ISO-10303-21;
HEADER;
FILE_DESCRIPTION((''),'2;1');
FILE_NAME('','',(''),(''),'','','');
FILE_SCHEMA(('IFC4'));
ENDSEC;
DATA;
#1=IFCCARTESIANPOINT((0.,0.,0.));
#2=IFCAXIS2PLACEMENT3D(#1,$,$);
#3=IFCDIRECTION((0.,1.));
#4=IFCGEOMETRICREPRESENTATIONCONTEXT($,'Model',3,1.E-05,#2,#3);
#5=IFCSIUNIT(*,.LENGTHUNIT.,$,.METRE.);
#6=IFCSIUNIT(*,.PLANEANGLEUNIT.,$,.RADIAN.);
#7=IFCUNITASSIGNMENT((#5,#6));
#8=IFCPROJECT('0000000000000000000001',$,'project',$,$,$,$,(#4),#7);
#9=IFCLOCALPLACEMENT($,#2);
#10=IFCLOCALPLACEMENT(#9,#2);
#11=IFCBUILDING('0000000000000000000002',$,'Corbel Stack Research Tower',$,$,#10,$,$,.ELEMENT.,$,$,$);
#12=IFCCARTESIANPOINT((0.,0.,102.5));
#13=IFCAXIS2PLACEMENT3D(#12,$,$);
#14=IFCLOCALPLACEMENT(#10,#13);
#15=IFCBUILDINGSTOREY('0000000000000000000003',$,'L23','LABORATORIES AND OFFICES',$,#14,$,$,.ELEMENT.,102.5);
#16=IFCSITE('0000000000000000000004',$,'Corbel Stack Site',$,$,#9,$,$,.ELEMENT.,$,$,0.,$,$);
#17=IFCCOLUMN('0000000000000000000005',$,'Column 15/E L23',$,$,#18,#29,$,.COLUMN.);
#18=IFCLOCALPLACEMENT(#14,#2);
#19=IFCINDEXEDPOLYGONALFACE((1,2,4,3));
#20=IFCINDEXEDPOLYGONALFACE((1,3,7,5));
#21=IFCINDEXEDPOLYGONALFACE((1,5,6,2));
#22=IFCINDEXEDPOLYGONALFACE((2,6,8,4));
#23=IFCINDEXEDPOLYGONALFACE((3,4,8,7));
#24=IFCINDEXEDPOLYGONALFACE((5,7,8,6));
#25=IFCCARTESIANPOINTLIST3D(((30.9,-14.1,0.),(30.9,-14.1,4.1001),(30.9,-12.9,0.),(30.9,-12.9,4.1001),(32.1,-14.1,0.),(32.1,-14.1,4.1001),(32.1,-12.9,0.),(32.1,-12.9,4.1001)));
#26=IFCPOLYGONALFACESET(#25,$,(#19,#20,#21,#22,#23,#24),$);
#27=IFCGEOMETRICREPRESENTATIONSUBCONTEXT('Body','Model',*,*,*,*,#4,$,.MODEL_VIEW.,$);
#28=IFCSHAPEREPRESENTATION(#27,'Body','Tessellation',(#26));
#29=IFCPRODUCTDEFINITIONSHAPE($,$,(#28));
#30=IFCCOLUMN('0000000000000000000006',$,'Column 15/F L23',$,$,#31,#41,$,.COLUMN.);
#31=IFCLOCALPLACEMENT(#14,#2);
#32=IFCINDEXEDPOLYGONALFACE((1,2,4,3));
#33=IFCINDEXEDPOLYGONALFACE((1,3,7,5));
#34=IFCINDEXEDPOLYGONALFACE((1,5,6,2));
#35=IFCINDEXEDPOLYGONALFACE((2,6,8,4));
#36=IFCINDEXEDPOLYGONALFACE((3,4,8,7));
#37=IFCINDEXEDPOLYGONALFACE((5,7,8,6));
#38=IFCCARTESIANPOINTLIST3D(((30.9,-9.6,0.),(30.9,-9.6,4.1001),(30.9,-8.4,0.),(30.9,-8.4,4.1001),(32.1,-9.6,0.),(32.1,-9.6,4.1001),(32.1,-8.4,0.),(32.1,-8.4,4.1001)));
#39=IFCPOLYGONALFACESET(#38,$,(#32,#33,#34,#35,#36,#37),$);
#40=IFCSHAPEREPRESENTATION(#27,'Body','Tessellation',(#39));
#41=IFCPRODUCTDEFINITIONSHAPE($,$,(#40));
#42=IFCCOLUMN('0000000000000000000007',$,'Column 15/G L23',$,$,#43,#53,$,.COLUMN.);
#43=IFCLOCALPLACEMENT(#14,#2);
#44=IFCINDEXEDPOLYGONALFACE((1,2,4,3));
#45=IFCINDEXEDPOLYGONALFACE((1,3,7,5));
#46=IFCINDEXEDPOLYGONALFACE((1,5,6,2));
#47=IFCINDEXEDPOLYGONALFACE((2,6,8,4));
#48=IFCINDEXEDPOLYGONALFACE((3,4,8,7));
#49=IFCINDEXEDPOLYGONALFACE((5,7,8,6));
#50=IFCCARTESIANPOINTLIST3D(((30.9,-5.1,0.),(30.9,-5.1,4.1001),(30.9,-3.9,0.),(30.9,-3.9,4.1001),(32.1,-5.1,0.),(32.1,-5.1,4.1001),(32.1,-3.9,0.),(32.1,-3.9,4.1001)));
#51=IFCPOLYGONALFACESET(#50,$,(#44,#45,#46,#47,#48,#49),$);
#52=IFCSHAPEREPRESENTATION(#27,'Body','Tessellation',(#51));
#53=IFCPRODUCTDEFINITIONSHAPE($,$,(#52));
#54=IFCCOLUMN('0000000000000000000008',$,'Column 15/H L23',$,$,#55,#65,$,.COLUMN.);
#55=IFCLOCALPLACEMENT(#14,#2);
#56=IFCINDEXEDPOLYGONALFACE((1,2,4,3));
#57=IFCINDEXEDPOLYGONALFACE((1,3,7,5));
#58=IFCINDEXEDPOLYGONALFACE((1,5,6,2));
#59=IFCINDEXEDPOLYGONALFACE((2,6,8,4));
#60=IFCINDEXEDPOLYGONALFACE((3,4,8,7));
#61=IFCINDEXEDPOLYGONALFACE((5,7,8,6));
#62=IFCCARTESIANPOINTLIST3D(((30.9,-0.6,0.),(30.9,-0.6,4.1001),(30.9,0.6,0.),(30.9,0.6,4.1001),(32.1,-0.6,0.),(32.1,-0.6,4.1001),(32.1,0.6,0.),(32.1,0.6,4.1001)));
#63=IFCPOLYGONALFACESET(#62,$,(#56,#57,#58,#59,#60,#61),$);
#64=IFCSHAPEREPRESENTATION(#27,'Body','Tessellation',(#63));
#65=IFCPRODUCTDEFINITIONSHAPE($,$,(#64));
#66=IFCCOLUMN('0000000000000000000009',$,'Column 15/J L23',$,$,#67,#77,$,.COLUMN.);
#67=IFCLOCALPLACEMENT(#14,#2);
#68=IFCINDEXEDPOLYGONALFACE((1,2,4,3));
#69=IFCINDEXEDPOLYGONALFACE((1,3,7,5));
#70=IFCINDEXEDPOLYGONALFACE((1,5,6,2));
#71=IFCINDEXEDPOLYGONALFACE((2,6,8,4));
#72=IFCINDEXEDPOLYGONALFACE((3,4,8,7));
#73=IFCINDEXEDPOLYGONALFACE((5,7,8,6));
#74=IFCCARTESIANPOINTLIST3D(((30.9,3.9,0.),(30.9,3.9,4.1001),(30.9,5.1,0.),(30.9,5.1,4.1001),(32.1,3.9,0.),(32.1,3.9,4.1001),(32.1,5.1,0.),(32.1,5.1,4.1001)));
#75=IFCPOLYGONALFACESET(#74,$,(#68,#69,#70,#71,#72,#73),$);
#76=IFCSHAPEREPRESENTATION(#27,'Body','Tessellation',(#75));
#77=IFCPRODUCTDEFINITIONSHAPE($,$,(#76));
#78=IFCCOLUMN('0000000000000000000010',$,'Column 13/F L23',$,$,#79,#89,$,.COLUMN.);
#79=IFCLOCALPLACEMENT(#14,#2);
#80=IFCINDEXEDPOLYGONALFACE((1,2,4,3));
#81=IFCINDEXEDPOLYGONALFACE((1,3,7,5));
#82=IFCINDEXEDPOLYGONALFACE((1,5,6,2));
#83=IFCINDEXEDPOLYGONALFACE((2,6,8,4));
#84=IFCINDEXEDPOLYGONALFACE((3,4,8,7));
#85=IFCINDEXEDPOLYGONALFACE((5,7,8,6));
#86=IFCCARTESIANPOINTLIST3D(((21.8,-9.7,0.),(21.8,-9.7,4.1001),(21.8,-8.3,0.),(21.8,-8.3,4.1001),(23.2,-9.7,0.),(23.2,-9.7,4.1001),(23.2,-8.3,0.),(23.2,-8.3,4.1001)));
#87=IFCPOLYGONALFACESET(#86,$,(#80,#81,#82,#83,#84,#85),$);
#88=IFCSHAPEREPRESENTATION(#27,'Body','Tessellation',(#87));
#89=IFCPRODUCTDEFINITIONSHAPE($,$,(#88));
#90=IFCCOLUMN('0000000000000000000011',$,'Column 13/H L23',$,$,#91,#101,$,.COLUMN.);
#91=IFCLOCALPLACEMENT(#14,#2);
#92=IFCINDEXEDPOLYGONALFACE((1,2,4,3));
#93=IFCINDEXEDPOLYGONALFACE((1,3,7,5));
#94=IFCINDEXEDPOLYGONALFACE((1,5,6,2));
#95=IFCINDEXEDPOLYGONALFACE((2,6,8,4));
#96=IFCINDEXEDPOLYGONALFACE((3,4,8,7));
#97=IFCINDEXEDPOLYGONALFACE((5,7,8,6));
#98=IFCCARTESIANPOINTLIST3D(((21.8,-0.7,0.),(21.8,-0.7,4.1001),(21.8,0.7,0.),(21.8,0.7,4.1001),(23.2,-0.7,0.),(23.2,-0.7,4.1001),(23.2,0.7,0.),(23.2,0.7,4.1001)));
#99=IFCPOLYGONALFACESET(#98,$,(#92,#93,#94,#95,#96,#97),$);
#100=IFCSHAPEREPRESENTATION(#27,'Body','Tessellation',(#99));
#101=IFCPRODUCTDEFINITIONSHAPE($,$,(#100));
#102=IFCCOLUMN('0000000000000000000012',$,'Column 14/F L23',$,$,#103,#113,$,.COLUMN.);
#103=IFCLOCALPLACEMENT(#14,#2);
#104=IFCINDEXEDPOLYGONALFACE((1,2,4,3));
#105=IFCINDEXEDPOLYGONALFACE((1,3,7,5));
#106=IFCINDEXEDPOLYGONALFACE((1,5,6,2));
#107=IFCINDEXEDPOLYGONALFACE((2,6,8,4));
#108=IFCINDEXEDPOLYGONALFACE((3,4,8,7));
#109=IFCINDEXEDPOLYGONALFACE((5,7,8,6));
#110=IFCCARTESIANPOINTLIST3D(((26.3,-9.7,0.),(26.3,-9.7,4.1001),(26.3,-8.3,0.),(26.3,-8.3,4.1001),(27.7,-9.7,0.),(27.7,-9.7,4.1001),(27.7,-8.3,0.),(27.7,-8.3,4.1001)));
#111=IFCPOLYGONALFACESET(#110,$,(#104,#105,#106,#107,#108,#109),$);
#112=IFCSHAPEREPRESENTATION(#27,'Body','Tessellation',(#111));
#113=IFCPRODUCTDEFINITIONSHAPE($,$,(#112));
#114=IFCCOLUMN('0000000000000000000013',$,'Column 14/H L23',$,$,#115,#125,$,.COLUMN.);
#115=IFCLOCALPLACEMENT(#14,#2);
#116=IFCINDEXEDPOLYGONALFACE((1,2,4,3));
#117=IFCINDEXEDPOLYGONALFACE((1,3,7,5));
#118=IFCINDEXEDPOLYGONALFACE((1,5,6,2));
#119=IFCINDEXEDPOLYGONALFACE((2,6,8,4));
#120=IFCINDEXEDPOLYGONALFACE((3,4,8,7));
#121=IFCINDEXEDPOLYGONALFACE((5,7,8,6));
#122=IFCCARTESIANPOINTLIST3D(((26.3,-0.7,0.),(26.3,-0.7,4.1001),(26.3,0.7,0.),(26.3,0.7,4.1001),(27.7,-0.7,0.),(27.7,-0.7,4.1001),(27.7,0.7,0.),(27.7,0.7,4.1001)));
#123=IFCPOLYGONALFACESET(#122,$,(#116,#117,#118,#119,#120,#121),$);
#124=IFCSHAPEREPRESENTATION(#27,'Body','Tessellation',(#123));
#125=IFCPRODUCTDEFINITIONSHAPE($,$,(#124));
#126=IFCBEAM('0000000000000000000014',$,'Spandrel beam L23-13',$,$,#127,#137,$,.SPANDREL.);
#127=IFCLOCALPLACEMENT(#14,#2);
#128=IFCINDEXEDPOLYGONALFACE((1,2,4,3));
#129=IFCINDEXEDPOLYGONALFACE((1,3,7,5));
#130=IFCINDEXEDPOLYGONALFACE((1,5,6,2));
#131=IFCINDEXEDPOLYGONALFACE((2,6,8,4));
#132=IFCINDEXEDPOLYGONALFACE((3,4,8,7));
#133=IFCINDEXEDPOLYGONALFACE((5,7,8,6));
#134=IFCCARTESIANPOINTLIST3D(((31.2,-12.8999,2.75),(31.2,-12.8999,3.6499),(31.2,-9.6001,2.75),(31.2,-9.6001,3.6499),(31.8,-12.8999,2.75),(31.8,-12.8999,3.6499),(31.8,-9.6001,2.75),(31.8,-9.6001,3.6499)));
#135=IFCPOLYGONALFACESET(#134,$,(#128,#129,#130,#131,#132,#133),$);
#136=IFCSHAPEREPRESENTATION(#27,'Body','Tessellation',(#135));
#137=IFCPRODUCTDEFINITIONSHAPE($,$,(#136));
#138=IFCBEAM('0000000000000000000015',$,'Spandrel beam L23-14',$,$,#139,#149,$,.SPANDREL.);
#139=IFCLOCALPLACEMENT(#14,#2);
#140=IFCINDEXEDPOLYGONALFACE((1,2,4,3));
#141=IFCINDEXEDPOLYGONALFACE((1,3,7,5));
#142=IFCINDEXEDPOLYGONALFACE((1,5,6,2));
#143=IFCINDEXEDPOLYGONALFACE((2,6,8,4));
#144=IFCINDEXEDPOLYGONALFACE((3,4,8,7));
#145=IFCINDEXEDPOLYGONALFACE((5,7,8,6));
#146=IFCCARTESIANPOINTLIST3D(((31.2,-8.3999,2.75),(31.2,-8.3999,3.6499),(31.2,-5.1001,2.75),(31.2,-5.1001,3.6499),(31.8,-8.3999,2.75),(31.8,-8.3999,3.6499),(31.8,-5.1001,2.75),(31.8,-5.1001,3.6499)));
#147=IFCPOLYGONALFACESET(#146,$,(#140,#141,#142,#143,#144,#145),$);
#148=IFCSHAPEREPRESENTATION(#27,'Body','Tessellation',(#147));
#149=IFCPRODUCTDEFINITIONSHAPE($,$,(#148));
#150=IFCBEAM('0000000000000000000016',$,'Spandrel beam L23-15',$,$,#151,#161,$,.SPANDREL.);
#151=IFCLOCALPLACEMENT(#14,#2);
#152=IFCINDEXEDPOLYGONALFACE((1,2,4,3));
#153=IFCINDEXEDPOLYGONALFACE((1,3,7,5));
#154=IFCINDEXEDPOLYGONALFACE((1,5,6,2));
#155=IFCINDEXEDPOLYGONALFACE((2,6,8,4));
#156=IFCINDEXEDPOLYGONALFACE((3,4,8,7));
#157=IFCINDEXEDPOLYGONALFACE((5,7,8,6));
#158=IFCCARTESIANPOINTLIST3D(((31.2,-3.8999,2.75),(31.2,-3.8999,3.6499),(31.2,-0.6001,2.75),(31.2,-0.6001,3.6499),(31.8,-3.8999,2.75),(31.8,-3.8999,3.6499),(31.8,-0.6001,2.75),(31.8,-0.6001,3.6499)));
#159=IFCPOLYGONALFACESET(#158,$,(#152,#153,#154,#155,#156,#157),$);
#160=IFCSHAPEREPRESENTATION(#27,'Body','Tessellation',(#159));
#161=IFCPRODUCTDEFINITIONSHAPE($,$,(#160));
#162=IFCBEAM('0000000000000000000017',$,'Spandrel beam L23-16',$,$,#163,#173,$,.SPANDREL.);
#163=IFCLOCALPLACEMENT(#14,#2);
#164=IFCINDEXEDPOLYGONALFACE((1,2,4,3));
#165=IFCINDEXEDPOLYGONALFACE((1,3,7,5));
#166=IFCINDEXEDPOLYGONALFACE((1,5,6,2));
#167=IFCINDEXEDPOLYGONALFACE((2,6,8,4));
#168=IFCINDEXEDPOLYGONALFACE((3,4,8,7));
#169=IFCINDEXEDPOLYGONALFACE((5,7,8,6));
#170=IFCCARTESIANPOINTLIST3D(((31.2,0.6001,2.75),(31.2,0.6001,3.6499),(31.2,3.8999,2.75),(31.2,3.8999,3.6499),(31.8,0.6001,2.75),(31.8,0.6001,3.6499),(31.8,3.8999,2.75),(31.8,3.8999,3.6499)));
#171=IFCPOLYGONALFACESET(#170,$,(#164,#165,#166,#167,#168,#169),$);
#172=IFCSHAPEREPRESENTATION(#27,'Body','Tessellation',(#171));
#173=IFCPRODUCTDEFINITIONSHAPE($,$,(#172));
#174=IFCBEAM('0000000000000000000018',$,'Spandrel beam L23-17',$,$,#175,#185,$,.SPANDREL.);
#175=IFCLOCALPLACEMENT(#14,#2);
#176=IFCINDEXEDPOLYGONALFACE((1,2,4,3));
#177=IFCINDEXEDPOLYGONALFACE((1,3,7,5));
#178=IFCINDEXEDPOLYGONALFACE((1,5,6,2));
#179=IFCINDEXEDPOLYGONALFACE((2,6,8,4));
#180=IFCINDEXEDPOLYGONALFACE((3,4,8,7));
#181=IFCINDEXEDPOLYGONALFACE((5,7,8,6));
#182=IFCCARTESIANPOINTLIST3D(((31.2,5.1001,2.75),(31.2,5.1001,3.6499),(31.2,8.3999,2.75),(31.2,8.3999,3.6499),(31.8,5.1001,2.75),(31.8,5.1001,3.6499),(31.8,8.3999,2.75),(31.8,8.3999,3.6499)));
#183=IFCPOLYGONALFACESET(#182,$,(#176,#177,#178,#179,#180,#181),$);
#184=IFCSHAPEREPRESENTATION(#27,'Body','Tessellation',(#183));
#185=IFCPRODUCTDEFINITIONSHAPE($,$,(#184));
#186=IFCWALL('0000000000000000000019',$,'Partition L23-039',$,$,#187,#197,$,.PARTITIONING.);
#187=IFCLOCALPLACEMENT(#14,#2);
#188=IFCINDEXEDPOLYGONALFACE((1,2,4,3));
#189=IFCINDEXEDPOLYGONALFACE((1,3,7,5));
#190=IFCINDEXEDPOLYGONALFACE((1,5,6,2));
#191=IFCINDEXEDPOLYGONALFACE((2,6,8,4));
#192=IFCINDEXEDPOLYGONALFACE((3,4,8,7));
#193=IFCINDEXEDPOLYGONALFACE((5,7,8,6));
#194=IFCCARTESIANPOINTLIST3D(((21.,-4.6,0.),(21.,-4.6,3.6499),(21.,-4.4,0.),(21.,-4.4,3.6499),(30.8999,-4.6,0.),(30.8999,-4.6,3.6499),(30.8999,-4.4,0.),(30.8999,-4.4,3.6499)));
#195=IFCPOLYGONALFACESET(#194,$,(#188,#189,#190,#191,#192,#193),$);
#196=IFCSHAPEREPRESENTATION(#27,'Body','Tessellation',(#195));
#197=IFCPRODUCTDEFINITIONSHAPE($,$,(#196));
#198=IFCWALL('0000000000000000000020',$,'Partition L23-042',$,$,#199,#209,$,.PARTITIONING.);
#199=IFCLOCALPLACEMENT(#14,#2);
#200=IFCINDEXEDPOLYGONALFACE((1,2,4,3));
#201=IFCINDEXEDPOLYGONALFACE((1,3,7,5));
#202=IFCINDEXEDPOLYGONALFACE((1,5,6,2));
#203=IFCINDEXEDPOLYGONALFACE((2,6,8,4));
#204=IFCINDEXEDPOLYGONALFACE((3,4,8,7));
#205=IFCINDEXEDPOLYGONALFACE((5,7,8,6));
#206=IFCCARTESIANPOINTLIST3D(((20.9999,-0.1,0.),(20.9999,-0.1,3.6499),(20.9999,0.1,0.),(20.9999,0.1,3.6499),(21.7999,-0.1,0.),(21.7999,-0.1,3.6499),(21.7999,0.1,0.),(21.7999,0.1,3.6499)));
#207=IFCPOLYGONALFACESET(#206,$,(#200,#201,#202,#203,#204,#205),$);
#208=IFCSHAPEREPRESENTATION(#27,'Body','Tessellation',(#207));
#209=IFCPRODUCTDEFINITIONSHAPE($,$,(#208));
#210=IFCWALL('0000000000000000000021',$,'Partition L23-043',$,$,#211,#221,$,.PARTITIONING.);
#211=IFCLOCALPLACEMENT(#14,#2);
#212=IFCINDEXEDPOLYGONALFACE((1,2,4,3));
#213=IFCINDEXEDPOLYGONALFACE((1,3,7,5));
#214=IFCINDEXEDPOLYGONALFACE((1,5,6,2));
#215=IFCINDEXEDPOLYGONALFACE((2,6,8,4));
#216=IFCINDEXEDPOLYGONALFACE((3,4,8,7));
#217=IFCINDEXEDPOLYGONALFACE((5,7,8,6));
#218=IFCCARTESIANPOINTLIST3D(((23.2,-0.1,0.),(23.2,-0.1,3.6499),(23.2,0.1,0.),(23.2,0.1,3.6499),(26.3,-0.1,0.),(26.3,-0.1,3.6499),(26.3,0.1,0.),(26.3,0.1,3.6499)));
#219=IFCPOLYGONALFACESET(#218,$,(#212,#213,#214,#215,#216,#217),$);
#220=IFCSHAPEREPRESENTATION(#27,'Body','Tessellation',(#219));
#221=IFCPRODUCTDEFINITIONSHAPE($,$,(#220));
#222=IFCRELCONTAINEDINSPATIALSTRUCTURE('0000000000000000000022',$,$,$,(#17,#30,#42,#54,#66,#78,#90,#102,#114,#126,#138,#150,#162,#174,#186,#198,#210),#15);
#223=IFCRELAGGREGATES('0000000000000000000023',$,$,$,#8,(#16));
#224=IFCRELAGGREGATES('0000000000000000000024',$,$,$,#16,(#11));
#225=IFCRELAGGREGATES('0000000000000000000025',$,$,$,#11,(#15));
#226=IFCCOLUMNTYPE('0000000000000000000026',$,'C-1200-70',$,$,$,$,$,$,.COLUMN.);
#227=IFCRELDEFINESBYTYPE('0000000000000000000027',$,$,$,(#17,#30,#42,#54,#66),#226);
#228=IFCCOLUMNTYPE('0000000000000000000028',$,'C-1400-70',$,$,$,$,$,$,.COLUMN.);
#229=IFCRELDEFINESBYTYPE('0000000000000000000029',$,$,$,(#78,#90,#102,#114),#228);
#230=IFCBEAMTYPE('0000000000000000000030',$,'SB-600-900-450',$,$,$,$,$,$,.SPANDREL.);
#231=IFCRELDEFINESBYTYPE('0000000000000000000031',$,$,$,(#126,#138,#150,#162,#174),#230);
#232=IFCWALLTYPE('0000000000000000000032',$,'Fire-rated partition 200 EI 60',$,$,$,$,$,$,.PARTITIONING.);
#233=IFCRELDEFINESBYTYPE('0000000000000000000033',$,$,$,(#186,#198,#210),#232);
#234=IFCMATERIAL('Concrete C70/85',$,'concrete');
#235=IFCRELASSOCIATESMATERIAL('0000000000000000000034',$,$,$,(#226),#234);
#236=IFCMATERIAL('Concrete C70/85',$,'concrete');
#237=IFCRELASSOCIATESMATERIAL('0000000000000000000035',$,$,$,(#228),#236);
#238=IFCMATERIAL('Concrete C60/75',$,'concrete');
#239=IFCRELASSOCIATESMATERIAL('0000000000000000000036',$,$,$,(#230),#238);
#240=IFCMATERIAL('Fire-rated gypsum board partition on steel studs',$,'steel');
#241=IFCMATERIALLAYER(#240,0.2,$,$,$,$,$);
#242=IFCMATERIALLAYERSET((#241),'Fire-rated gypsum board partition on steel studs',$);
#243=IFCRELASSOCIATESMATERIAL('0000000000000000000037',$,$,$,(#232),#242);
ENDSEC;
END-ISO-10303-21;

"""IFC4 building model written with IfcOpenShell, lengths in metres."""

from ifc_helpers import new_model, si_unit, direction, frame, frame_2d, origin, origin_2d, place, context, subcontext, project, spatial, rectangle, extrude, material, layer, layer_set, material_profile, profile_set, type_object, element, save


model = new_model("IFC4")

# Units and contexts
model_context = context("Model", 3, precision=1e-05, world=origin(), true_north=direction((0.0, 1.0)))
body_context = subcontext(model_context, "Body", "Model", "MODEL_VIEW")
ifc_project = project(units=[si_unit("LENGTHUNIT", "METRE"), si_unit("PLANEANGLEUNIT", "RADIAN")], contexts=[model_context])

# Site, building, storey
site_placement = place(None, origin())
site = spatial("IfcSite", under=ifc_project, at=site_placement, Name="Corbel Stack Site", CompositionType="ELEMENT", RefElevation=0.0)
building_placement = place(site_placement, origin())
building = spatial("IfcBuilding", under=site, at=building_placement, Name="Corbel Stack Research Tower", CompositionType="ELEMENT")
storey_placement = place(building_placement, frame((0.0, 0.0, 102.5)))
storey = spatial("IfcBuildingStorey", under=building, at=storey_placement, Name="L23", Description="LABORATORIES AND OFFICES", CompositionType="ELEMENT", Elevation=102.5)

# Columns
ifc_material_1 = material(Name="Concrete C70/85", Category="concrete")
ifc_material_profile_1 = material_profile(ifc_material_1, rectangle(XDim=1.2, YDim=1.2, at=origin_2d()), Name="RC 1200 x 1200")
ifc_profile_set_1 = profile_set([ifc_material_profile_1], Name="Concrete C70/85")
column_type_1 = type_object("IfcColumnType", Name="C-1200-70", PredefinedType="COLUMN", material=ifc_profile_set_1)
for number, where, z_axis, x_axis, name in (
    (1, (31.5, -13.5, 0.0), (0.0, 0.0, 1.0), (1.0, 0.0, 0.0), "Column 15/E L23"),
    (2, (31.5, -9.0, 0.0), (0.0, 0.0, 1.0), (1.0, 0.0, 0.0), "Column 15/F L23"),
    (3, (31.5, -4.5, 0.0), (0.0, 0.0, 1.0), (1.0, 0.0, 0.0), "Column 15/G L23"),
    (4, (31.5, 0.0, 0.0), (0.0, 0.0, 1.0), (1.0, 0.0, 0.0), "Column 15/H L23"),
    (5, (31.5, 4.5, 0.0), (0.0, 0.0, 1.0), (1.0, 0.0, 0.0), "Column 15/J L23"),
):
    element("IfcColumn", number, at=place(storey_placement, frame(where, z_axis=z_axis, x_axis=x_axis)), inside=storey, type_object=column_type_1, Name=name, PredefinedType="COLUMN", context=body_context, shape_type="SweptSolid", body=[
        extrude(rectangle(XDim=1.2, YDim=1.2, at=origin_2d()), origin(), (0.0, 0.0, 1.0), 4.1001),
    ])
ifc_material_2 = material(Name="Concrete C70/85", Category="concrete")
ifc_material_profile_2 = material_profile(ifc_material_2, rectangle(XDim=1.3999, YDim=1.3999, at=origin_2d()), Name="RC 1400 x 1400")
ifc_profile_set_2 = profile_set([ifc_material_profile_2], Name="Concrete C70/85")
column_type_2 = type_object("IfcColumnType", Name="C-1400-70", PredefinedType="COLUMN", material=ifc_profile_set_2)
for number, where, z_axis, x_axis, name in (
    (6, (22.5, -9.0, 0.0), (0.0, 0.0, 1.0), (1.0, 0.0, 0.0), "Column 13/F L23"),
    (7, (22.5, 0.0, 0.0), (0.0, 0.0, 1.0), (1.0, 0.0, 0.0), "Column 13/H L23"),
    (8, (27.0, -9.0, 0.0), (0.0, 0.0, 1.0), (1.0, 0.0, 0.0), "Column 14/F L23"),
    (9, (27.0, 0.0, 0.0), (0.0, 0.0, 1.0), (1.0, 0.0, 0.0), "Column 14/H L23"),
):
    element("IfcColumn", number, at=place(storey_placement, frame(where, z_axis=z_axis, x_axis=x_axis)), inside=storey, type_object=column_type_2, Name=name, PredefinedType="COLUMN", context=body_context, shape_type="SweptSolid", body=[
        extrude(rectangle(XDim=1.3999, YDim=1.3999, at=origin_2d()), origin(), (0.0, 0.0, 1.0), 4.1001),
    ])

# Beams
ifc_material_3 = material(Name="Concrete C60/75", Category="concrete")
ifc_material_profile_3 = material_profile(ifc_material_3, rectangle(XDim=0.6001, YDim=0.8999, at=origin_2d()), Name="RC 600 x 900")
ifc_profile_set_3 = profile_set([ifc_material_profile_3], Name="Concrete C60/75")
beam_type = type_object("IfcBeamType", Name="SB-600-900-450", PredefinedType="SPANDREL", material=ifc_profile_set_3)
for number, where, z_axis, x_axis, name in (
    (10, (31.5, -12.8999, 3.2), (0.0, 1.0, 0.0), (-1.0, 0.0, 0.0), "Spandrel beam L23-13"),
    (11, (31.5, -8.3999, 3.2), (0.0, 1.0, 0.0), (-1.0, 0.0, 0.0), "Spandrel beam L23-14"),
    (12, (31.5, -3.8999, 3.2), (0.0, 1.0, 0.0), (-1.0, 0.0, 0.0), "Spandrel beam L23-15"),
    (13, (31.5, 0.6001, 3.2), (0.0, 1.0, 0.0), (-1.0, 0.0, 0.0), "Spandrel beam L23-16"),
    (14, (31.5, 5.1001, 3.2), (0.0, 1.0, 0.0), (-1.0, 0.0, 0.0), "Spandrel beam L23-17"),
):
    element("IfcBeam", number, at=place(storey_placement, frame(where, z_axis=z_axis, x_axis=x_axis)), inside=storey, type_object=beam_type, Name=name, PredefinedType="SPANDREL", context=body_context, shape_type="SweptSolid", body=[
        extrude(rectangle(XDim=0.6001, YDim=0.8999, at=origin_2d()), origin(), (0.0, 0.0, 1.0), 3.2998),
    ])

# Walls
ifc_material_4 = material(Name="Fire-rated gypsum board partition on steel studs", Category="steel")
ifc_layer_1 = layer(ifc_material_4, 0.2)
ifc_layer_set_1 = layer_set([ifc_layer_1], Name="Fire-rated gypsum board partition on steel studs")
wall_type_1 = type_object("IfcWallType", Name="Fire-rated partition 200 EI 60", PredefinedType="PARTITIONING", material=ifc_layer_set_1)
wall_1_placement = place(storey_placement, frame((21.0, -4.5, 0.0), z_axis=(0.0, 0.0, 1.0), x_axis=(1.0, 0.0, 0.0)))
element("IfcWall", 15, at=wall_1_placement, inside=storey, type_object=wall_type_1, Name="Partition L23-039", PredefinedType="PARTITIONING", context=body_context, shape_type="SweptSolid", body=[
    extrude(rectangle(XDim=9.8999, YDim=0.2, at=frame_2d((4.95, 0.0))), origin(), (0.0, 0.0, 1.0), 3.6499),
])
wall_2_placement = place(storey_placement, frame((21.0, 0.0, 0.0), z_axis=(0.0, 0.0, 1.0), x_axis=(1.0, 0.0, 0.0)))
element("IfcWall", 16, at=wall_2_placement, inside=storey, type_object=wall_type_1, Name="Partition L23-042", PredefinedType="PARTITIONING", context=body_context, shape_type="SweptSolid", body=[
    extrude(rectangle(XDim=0.8, YDim=0.2, at=frame_2d((0.3999, 0.0))), origin(), (0.0, 0.0, 1.0), 3.6499),
])
wall_3_placement = place(storey_placement, frame((23.2, 0.0, 0.0), z_axis=(0.0, 0.0, 1.0), x_axis=(1.0, 0.0, 0.0)))
element("IfcWall", 17, at=wall_3_placement, inside=storey, type_object=wall_type_1, Name="Partition L23-043", PredefinedType="PARTITIONING", context=body_context, shape_type="SweptSolid", body=[
    extrude(rectangle(XDim=3.1001, YDim=0.2, at=frame_2d((1.55, 0.0))), origin(), (0.0, 0.0, 1.0), 3.6499),
])

save(model, "model.ifc")
